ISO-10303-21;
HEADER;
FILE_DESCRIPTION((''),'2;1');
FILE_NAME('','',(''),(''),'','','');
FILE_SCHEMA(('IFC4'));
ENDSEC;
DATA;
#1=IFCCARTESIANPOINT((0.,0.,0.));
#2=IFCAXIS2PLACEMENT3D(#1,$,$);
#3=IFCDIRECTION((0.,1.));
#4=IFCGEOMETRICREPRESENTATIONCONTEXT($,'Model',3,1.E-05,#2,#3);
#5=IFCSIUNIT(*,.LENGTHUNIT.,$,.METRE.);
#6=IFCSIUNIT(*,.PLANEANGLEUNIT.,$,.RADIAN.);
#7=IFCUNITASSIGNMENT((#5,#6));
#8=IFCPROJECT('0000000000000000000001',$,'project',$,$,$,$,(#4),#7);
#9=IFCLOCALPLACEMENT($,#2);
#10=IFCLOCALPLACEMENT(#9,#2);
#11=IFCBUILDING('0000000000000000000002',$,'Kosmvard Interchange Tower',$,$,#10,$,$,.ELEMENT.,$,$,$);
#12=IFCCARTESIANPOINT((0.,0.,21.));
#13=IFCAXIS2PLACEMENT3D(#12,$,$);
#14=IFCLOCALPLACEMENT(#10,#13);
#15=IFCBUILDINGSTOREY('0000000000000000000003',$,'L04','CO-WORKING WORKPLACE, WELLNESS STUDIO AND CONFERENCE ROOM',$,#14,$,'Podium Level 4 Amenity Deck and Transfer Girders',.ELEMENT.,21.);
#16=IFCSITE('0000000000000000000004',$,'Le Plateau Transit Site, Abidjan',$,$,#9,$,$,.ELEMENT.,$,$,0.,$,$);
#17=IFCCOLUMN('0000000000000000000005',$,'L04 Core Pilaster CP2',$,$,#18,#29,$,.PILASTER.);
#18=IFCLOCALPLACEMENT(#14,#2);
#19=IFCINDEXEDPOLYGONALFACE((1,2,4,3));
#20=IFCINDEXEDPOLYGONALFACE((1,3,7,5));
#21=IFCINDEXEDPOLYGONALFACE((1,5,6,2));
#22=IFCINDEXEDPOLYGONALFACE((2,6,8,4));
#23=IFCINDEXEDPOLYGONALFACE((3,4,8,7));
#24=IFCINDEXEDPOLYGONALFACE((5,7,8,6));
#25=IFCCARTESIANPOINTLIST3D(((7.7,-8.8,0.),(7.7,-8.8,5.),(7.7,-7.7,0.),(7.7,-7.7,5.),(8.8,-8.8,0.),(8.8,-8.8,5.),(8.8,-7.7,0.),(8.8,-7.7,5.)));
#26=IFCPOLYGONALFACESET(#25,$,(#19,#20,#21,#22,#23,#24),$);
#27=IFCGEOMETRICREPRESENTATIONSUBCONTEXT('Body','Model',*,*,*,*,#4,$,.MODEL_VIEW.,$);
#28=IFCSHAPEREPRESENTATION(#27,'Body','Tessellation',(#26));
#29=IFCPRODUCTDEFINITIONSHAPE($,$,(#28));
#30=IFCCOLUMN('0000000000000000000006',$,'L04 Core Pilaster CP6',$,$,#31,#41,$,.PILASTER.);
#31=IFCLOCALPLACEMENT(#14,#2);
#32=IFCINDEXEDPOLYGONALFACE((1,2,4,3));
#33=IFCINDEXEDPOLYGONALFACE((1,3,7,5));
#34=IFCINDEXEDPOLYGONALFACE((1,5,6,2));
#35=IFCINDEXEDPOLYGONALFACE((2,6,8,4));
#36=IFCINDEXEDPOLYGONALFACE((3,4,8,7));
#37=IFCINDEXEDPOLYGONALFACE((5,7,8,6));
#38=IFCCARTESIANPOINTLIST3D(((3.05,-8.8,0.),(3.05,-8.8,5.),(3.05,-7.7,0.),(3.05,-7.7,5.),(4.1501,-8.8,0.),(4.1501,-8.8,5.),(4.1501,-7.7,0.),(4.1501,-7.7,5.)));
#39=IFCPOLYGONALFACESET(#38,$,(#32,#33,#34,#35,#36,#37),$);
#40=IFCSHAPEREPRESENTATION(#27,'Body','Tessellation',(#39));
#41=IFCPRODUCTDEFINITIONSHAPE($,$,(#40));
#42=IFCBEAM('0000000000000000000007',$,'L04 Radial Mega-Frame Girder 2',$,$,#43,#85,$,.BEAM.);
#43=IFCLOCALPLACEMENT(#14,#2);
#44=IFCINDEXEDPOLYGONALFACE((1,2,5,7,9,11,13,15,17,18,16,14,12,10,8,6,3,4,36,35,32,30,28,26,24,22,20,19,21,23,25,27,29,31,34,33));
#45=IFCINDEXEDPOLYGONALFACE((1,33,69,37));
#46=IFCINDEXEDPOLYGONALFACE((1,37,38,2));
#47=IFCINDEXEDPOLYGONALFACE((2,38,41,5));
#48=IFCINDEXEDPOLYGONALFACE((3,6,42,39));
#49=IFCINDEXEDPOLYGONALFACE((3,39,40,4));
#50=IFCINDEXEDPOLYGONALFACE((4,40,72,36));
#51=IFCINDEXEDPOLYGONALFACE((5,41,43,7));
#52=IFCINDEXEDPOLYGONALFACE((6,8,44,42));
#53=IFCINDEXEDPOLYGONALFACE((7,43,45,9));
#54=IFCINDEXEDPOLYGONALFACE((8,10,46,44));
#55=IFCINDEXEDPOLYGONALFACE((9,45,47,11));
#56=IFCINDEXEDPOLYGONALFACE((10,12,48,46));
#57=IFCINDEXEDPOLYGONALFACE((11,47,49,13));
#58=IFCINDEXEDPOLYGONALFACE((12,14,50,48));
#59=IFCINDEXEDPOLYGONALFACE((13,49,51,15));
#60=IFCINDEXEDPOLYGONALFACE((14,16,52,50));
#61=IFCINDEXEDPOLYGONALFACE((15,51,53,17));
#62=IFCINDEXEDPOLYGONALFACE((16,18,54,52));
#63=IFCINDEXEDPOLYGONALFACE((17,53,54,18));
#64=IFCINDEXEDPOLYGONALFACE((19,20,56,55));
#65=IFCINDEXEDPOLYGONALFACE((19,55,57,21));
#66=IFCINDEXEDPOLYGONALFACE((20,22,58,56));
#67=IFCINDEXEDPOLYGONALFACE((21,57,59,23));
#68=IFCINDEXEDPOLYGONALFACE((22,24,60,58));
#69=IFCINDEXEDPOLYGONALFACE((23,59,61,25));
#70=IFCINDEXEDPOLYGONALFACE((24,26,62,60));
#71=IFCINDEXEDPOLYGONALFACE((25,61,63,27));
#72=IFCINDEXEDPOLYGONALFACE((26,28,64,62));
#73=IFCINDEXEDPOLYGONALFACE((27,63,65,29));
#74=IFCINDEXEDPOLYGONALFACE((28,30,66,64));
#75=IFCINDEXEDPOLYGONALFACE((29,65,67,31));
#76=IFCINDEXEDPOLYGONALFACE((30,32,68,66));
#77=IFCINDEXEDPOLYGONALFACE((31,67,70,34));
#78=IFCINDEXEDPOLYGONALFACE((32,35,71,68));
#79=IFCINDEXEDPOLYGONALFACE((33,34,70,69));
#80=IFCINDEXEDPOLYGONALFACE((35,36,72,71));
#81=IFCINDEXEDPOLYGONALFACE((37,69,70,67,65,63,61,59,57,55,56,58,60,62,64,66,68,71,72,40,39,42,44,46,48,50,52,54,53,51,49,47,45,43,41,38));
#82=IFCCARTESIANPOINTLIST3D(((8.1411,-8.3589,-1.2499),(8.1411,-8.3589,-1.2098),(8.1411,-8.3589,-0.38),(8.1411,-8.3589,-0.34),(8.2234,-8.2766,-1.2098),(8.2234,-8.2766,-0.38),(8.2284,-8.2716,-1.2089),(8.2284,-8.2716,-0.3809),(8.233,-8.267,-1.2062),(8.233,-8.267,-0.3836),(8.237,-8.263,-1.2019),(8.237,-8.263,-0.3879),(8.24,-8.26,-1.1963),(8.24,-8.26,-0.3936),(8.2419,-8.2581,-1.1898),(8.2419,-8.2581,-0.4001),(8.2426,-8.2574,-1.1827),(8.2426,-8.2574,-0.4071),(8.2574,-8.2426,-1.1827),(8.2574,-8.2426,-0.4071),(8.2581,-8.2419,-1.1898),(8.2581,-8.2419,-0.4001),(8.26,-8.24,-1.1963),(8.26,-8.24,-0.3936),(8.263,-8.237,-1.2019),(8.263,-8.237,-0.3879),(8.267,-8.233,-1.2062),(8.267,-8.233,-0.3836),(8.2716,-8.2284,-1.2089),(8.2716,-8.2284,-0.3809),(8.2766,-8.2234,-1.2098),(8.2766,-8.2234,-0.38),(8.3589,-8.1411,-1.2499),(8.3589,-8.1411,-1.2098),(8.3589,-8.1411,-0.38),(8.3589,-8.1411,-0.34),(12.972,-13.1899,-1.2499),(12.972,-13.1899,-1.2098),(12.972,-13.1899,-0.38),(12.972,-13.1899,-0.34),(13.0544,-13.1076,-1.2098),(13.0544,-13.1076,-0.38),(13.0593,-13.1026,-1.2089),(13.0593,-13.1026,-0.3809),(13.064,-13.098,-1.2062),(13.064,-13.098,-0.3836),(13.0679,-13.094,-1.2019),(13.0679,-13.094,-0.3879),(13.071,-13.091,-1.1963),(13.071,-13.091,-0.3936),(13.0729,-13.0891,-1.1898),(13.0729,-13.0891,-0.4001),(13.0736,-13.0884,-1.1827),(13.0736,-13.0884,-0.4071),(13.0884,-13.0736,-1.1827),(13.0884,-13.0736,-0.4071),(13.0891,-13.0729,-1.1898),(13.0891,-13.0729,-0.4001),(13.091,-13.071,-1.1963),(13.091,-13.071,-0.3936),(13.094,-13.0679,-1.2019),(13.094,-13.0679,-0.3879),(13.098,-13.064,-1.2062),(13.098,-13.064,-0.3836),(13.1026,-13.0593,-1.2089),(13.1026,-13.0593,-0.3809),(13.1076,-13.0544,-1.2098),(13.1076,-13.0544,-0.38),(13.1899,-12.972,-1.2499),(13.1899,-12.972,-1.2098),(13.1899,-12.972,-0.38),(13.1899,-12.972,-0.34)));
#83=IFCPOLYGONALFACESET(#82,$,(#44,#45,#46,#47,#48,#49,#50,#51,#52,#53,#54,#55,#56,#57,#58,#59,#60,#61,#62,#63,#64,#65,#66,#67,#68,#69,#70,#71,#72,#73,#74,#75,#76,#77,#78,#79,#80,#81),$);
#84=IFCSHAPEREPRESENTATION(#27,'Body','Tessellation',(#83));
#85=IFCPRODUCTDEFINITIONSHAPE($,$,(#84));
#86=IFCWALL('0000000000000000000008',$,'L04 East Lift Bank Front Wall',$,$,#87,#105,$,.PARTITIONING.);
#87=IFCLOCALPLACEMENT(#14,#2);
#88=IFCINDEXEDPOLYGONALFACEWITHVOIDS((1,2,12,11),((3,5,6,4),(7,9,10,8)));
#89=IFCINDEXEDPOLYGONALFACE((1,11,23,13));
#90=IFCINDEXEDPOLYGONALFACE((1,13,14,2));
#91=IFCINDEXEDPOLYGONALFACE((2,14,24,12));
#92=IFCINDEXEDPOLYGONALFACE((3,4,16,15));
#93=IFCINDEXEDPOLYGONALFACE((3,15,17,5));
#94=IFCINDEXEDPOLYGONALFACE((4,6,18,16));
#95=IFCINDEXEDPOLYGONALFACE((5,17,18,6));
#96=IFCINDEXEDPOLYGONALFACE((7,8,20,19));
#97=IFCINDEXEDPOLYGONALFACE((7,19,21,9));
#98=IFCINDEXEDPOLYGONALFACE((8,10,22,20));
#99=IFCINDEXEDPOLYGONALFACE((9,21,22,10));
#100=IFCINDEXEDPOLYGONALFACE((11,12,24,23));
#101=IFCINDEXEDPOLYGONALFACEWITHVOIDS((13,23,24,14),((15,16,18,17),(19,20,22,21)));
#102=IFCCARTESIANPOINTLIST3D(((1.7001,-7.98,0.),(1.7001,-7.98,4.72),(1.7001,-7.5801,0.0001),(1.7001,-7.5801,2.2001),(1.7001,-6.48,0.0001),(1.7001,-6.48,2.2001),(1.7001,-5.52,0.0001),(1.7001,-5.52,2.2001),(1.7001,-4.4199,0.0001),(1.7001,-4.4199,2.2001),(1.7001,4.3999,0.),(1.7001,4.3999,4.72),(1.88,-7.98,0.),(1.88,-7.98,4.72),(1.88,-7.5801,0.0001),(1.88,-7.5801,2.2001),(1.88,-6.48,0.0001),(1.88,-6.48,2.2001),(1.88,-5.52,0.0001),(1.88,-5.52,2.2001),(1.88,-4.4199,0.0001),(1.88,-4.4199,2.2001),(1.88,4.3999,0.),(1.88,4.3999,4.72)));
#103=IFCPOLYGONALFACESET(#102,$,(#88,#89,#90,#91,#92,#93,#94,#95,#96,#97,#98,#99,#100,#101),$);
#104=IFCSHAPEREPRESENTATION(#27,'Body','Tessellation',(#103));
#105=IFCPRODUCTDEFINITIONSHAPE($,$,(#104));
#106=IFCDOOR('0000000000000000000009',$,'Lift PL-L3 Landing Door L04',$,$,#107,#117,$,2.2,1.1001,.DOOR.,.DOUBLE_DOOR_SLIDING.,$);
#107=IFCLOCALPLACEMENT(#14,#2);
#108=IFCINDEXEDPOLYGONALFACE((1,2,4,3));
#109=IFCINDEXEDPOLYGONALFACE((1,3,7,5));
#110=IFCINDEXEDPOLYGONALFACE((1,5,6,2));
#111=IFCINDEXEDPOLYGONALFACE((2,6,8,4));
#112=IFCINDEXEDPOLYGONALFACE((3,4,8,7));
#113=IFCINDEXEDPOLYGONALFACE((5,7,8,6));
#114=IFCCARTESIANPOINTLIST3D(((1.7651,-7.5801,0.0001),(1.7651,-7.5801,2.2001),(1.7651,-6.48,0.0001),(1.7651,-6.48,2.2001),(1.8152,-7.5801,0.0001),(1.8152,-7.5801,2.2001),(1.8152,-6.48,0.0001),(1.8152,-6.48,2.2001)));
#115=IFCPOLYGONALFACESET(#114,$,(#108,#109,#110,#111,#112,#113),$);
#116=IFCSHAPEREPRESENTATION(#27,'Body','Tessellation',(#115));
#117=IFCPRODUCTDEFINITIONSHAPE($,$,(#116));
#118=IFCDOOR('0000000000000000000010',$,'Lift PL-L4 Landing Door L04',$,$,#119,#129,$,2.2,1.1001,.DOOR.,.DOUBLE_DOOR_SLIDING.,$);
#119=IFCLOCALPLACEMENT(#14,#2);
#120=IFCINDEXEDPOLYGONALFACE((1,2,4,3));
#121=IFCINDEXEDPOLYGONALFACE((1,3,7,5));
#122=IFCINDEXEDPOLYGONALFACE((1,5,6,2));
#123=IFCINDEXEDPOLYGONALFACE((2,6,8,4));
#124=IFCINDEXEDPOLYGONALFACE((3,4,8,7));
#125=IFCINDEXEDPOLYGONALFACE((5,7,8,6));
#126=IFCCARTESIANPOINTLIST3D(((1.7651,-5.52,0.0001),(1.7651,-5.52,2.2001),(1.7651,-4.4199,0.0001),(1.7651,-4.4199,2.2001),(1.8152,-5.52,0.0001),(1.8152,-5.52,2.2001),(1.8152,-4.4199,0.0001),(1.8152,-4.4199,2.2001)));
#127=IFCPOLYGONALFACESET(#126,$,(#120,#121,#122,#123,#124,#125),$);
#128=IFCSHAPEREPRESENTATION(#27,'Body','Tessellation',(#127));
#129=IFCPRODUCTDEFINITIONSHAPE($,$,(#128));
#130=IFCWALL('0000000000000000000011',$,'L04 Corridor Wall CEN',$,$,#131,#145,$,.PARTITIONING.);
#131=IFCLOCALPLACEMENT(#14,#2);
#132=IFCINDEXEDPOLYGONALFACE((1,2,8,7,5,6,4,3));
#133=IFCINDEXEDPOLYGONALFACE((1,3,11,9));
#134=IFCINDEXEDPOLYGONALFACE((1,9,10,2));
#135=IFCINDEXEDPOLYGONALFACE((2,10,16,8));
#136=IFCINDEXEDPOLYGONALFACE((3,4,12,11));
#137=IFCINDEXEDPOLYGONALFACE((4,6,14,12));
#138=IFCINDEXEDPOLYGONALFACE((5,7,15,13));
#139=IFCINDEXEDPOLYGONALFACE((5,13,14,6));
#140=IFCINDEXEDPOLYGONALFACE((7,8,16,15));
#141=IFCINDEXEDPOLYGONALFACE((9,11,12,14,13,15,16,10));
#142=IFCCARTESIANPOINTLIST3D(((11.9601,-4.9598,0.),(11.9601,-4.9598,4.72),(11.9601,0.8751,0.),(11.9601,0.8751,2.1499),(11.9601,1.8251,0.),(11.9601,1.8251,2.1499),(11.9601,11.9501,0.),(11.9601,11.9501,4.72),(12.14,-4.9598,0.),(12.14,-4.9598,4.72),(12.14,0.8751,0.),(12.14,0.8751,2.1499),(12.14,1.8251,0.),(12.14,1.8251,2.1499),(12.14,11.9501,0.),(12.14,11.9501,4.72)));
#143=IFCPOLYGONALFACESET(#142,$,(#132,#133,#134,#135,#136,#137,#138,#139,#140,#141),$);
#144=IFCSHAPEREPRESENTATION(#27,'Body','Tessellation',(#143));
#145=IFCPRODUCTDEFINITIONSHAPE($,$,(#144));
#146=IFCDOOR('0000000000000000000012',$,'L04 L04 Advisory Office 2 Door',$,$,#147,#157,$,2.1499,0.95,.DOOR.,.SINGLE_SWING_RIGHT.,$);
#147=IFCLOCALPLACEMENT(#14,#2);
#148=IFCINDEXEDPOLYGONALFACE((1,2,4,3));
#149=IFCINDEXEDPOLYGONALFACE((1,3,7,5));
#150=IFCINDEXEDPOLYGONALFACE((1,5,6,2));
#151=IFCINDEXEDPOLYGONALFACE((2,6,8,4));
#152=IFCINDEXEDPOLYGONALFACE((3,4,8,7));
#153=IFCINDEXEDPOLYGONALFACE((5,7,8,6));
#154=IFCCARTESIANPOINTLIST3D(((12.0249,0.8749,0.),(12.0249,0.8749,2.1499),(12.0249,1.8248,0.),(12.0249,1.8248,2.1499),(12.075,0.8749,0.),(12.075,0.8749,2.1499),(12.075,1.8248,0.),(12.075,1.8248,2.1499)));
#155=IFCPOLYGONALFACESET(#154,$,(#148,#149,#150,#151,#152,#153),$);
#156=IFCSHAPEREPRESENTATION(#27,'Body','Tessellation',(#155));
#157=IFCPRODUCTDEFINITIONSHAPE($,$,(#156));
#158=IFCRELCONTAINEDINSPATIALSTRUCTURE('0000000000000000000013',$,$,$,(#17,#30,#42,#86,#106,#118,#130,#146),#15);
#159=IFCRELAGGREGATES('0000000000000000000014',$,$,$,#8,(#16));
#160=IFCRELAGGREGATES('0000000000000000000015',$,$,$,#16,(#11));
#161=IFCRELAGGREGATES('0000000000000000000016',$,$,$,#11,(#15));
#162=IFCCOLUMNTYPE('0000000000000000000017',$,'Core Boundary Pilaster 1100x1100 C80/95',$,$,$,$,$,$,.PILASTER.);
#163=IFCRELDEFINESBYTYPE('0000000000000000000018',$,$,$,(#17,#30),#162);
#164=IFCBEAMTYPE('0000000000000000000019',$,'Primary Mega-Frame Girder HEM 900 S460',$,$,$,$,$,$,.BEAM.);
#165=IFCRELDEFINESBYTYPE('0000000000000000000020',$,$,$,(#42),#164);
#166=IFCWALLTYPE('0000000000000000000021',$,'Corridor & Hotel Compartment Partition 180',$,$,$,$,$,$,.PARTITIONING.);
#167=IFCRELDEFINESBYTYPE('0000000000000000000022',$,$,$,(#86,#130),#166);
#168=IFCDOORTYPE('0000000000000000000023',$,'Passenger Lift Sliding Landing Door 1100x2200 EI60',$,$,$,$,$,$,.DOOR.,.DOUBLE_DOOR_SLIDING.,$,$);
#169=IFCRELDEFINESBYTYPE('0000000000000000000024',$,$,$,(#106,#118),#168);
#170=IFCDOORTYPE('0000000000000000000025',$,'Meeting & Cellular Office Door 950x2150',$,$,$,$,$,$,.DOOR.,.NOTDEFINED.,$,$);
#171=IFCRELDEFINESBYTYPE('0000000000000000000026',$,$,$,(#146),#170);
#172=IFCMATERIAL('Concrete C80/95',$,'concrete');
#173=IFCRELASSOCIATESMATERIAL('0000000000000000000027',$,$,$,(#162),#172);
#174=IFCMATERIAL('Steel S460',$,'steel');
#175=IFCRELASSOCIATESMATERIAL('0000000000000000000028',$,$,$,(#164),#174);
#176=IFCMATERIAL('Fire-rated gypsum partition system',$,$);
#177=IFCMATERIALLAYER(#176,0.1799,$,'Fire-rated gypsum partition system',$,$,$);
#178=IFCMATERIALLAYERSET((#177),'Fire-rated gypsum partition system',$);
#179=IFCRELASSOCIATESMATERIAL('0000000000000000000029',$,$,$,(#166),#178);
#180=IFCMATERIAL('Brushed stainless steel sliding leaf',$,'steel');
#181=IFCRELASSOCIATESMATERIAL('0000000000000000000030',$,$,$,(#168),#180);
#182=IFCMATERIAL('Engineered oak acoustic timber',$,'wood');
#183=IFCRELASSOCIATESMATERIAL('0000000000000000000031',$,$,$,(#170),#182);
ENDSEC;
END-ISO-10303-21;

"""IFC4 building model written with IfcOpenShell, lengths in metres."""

from ifc_helpers import new_model, si_unit, direction, frame, frame_2d, origin, origin_2d, place, context, subcontext, project, spatial, rectangle, i_section, extrude, source, transform, mapped, material, layer, layer_set, material_profile, profile_set, type_object, element, fill, save


model = new_model("IFC4")

# Units and contexts
model_context = context("Model", 3, precision=1e-05, world=origin(), true_north=direction((0.0, 1.0)))
body_context = subcontext(model_context, "Body", "Model", "MODEL_VIEW")
ifc_project = project(units=[si_unit("LENGTHUNIT", "METRE"), si_unit("PLANEANGLEUNIT", "RADIAN")], contexts=[model_context])

# Site, building, storey
site_placement = place(None, origin())
site = spatial("IfcSite", under=ifc_project, at=site_placement, Name="Le Plateau Transit Site, Abidjan", CompositionType="ELEMENT", RefElevation=0.0)
building_placement = place(site_placement, origin())
building = spatial("IfcBuilding", under=site, at=building_placement, Name="Kosmvard Interchange Tower", CompositionType="ELEMENT")
storey_placement = place(building_placement, frame((0.0, 0.0, 21.0)))
storey = spatial("IfcBuildingStorey", under=building, at=storey_placement, Name="L04", Description="CO-WORKING WORKPLACE, WELLNESS STUDIO AND CONFERENCE ROOM", LongName="Podium Level 4 Amenity Deck and Transfer Girders", CompositionType="ELEMENT", Elevation=21.0)

# Columns
ifc_material_1 = material(Name="Concrete C80/95", Category="concrete")
ifc_material_profile_1 = material_profile(ifc_material_1, rectangle(XDim=1.1001, YDim=1.1001, at=origin_2d()), Name="CP 1100x1100")
ifc_profile_set_1 = profile_set([ifc_material_profile_1], Name="Concrete C80/95")
column_type = type_object("IfcColumnType", Name="Core Boundary Pilaster 1100x1100 C80/95", PredefinedType="PILASTER", material=ifc_profile_set_1)
shared_shape_1 = source(origin(), body_context, "Body", "SweptSolid", [
    extrude(rectangle(XDim=1.1001, YDim=1.1001, at=origin_2d()), origin(), (0.0, 0.0, 1.0), 5.0),
])
for number, where, z_axis, x_axis, name in (
    (1, (8.25, -8.25, 0.0), (0.0, 0.0, 1.0), (1.0, 0.0, 0.0), "L04 Core Pilaster CP2"),
    (2, (3.6001, -8.25, 0.0), (0.0, 0.0, 1.0), (1.0, 0.0, 0.0), "L04 Core Pilaster CP6"),
):
    element("IfcColumn", number, at=place(storey_placement, frame(where, z_axis=z_axis, x_axis=x_axis)), inside=storey, type_object=column_type, Name=name, PredefinedType="PILASTER", context=body_context, shape_type="MappedRepresentation", body=[
        mapped(shared_shape_1, transform((0.0, 0.0, 0.0), scale=1.0)),
    ])

# Beam
ifc_material_2 = material(Name="Steel S460", Category="steel")
ifc_material_profile_2 = material_profile(ifc_material_2, i_section(OverallWidth=0.3081, OverallDepth=0.9099, WebThickness=0.021, FlangeThickness=0.04, FilletRadius=0.0271, at=origin_2d()), Name="HEM 900")
ifc_profile_set_2 = profile_set([ifc_material_profile_2], Name="Steel S460")
beam_type = type_object("IfcBeamType", Name="Primary Mega-Frame Girder HEM 900 S460", PredefinedType="BEAM", material=ifc_profile_set_2)
shared_shape_2 = source(origin(), body_context, "Body", "SweptSolid", [
    extrude(i_section(OverallWidth=0.3081, OverallDepth=0.9099, WebThickness=0.021, FlangeThickness=0.04, FilletRadius=0.0271, at=origin_2d()), origin(), (0.0, 0.0, 1.0), 6.832),
])
beam_placement = place(storey_placement, frame((8.25, -8.25, -0.7949), z_axis=(0.707107, -0.707107, 0.0), x_axis=(0.707107, 0.707107, 0.0)))
element("IfcBeam", 3, at=beam_placement, inside=storey, type_object=beam_type, Name="L04 Radial Mega-Frame Girder 2", PredefinedType="BEAM", context=body_context, shape_type="MappedRepresentation", body=[
    mapped(shared_shape_2, transform((0.0, 0.0, 0.0), scale=1.0)),
])

# Wall, openings, doors
ifc_material_3 = material(Name="Fire-rated gypsum partition system")
ifc_layer_1 = layer(ifc_material_3, 0.1799, Name="Fire-rated gypsum partition system")
ifc_layer_set_1 = layer_set([ifc_layer_1], Name="Fire-rated gypsum partition system")
wall_type_1 = type_object("IfcWallType", Name="Corridor & Hotel Compartment Partition 180", PredefinedType="PARTITIONING", material=ifc_layer_set_1)
wall_1_placement = place(storey_placement, frame((1.79, -7.98, 0.0), z_axis=(0.0, 0.0, 1.0), x_axis=(0.0, 1.0, 0.0)))
wall_1 = element("IfcWall", 4, at=wall_1_placement, inside=storey, type_object=wall_type_1, Name="L04 East Lift Bank Front Wall", PredefinedType="PARTITIONING", context=body_context, shape_type="SweptSolid", body=[
    extrude(rectangle(XDim=12.3799, YDim=0.1799, at=frame_2d((6.1899, 0.0))), origin(), (0.0, 0.0, 1.0), 4.72),
])
opening_1_placement = place(wall_1_placement, frame((0.3999, 0.0, 0.0)))
opening_1 = element("IfcOpeningElement", 5, at=opening_1_placement, cuts=wall_1, PredefinedType="OPENING", context=body_context, shape_type="SweptSolid", body=[
    extrude(rectangle(XDim=1.1001, YDim=2.2, at=frame_2d((0.55, 1.1001))), frame((0.0, 0.1001, 0.0), z_axis=(0.0, -1.0, 0.0), x_axis=(1.0, 0.0, 0.0)), (0.0, 0.0, 1.0), 0.2),
])
opening_2_placement = place(wall_1_placement, frame((2.46, 0.0, 0.0)))
opening_2 = element("IfcOpeningElement", 6, at=opening_2_placement, cuts=wall_1, PredefinedType="OPENING", context=body_context, shape_type="SweptSolid", body=[
    extrude(rectangle(XDim=1.1001, YDim=2.2, at=frame_2d((0.55, 1.1001))), frame((0.0, 0.1001, 0.0), z_axis=(0.0, -1.0, 0.0), x_axis=(1.0, 0.0, 0.0)), (0.0, 0.0, 1.0), 0.2),
])
ifc_material_4 = material(Name="Brushed stainless steel sliding leaf", Category="steel")
door_type_1 = type_object("IfcDoorType", Name="Passenger Lift Sliding Landing Door 1100x2200 EI60", OperationType="DOUBLE_DOOR_SLIDING", PredefinedType="DOOR", material=ifc_material_4)
shared_shape_3 = source(origin(), body_context, "Body", "SweptSolid", [
    extrude(rectangle(XDim=1.1001, YDim=2.2, at=frame_2d((0.55, 1.1001))), frame((0.0, 0.0249, 0.0), z_axis=(0.0, -1.0, 0.0), x_axis=(1.0, 0.0, 0.0)), (0.0, 0.0, 1.0), 0.05),
])
door_1_placement = place(opening_1_placement, origin())
door_1 = element("IfcDoor", 7, at=door_1_placement, inside=storey, type_object=door_type_1, Name="Lift PL-L3 Landing Door L04", OperationType="DOUBLE_DOOR_SLIDING", OverallHeight=2.2, OverallWidth=1.1001, PredefinedType="DOOR", context=body_context, shape_type="MappedRepresentation", body=[
    mapped(shared_shape_3, transform((0.0, 0.0, 0.0), scale=1.0)),
])
fill(opening_1, door_1)
door_2_placement = place(opening_2_placement, origin())
door_2 = element("IfcDoor", 8, at=door_2_placement, inside=storey, type_object=door_type_1, Name="Lift PL-L4 Landing Door L04", OperationType="DOUBLE_DOOR_SLIDING", OverallHeight=2.2, OverallWidth=1.1001, PredefinedType="DOOR", context=body_context, shape_type="MappedRepresentation", body=[
    mapped(shared_shape_3, transform((0.0, 0.0, 0.0), scale=1.0)),
])
fill(opening_2, door_2)

# Wall, opening, door
wall_2_placement = place(storey_placement, frame((12.05, -4.96, 0.0), z_axis=(0.0, 0.0, 1.0), x_axis=(0.0, 1.0, 0.0)))
wall_2 = element("IfcWall", 9, at=wall_2_placement, inside=storey, type_object=wall_type_1, Name="L04 Corridor Wall CEN", PredefinedType="PARTITIONING", context=body_context, shape_type="SweptSolid", body=[
    extrude(rectangle(XDim=16.9099, YDim=0.1799, at=frame_2d((8.4551, 0.0))), origin(), (0.0, 0.0, 1.0), 4.72),
])
opening_3_placement = place(wall_2_placement, frame((5.835, 0.0, 0.0)))
opening_3 = element("IfcOpeningElement", 10, at=opening_3_placement, cuts=wall_2, PredefinedType="OPENING", context=body_context, shape_type="SweptSolid", body=[
    extrude(rectangle(XDim=0.95, YDim=2.1499, at=frame_2d((0.4751, 1.075))), frame((0.0, 0.1001, 0.0), z_axis=(0.0, -1.0, 0.0), x_axis=(1.0, 0.0, 0.0)), (0.0, 0.0, 1.0), 0.2),
])
ifc_material_5 = material(Name="Engineered oak acoustic timber", Category="wood")
door_type_2 = type_object("IfcDoorType", Name="Meeting & Cellular Office Door 950x2150", OperationType="NOTDEFINED", PredefinedType="DOOR", material=ifc_material_5)
shared_shape_4 = source(origin(), body_context, "Body", "SweptSolid", [
    extrude(rectangle(XDim=0.95, YDim=2.1499, at=frame_2d((0.4751, 1.075))), frame((0.0, 0.0249, 0.0), z_axis=(0.0, -1.0, 0.0), x_axis=(1.0, 0.0, 0.0)), (0.0, 0.0, 1.0), 0.05),
])
door_3_placement = place(opening_3_placement, frame((0.95, 0.0, 0.0), z_axis=(0.0, 0.0, 1.0), x_axis=(-1.0, 0.0, 0.0)))
door_3 = element("IfcDoor", 11, at=door_3_placement, inside=storey, type_object=door_type_2, Name="L04 L04 Advisory Office 2 Door", OperationType="SINGLE_SWING_RIGHT", OverallHeight=2.1499, OverallWidth=0.95, PredefinedType="DOOR", context=body_context, shape_type="MappedRepresentation", body=[
    mapped(shared_shape_4, transform((0.0, 0.0, 0.0), scale=1.0)),
])
fill(opening_3, door_3)

save(model, "model.ifc")
